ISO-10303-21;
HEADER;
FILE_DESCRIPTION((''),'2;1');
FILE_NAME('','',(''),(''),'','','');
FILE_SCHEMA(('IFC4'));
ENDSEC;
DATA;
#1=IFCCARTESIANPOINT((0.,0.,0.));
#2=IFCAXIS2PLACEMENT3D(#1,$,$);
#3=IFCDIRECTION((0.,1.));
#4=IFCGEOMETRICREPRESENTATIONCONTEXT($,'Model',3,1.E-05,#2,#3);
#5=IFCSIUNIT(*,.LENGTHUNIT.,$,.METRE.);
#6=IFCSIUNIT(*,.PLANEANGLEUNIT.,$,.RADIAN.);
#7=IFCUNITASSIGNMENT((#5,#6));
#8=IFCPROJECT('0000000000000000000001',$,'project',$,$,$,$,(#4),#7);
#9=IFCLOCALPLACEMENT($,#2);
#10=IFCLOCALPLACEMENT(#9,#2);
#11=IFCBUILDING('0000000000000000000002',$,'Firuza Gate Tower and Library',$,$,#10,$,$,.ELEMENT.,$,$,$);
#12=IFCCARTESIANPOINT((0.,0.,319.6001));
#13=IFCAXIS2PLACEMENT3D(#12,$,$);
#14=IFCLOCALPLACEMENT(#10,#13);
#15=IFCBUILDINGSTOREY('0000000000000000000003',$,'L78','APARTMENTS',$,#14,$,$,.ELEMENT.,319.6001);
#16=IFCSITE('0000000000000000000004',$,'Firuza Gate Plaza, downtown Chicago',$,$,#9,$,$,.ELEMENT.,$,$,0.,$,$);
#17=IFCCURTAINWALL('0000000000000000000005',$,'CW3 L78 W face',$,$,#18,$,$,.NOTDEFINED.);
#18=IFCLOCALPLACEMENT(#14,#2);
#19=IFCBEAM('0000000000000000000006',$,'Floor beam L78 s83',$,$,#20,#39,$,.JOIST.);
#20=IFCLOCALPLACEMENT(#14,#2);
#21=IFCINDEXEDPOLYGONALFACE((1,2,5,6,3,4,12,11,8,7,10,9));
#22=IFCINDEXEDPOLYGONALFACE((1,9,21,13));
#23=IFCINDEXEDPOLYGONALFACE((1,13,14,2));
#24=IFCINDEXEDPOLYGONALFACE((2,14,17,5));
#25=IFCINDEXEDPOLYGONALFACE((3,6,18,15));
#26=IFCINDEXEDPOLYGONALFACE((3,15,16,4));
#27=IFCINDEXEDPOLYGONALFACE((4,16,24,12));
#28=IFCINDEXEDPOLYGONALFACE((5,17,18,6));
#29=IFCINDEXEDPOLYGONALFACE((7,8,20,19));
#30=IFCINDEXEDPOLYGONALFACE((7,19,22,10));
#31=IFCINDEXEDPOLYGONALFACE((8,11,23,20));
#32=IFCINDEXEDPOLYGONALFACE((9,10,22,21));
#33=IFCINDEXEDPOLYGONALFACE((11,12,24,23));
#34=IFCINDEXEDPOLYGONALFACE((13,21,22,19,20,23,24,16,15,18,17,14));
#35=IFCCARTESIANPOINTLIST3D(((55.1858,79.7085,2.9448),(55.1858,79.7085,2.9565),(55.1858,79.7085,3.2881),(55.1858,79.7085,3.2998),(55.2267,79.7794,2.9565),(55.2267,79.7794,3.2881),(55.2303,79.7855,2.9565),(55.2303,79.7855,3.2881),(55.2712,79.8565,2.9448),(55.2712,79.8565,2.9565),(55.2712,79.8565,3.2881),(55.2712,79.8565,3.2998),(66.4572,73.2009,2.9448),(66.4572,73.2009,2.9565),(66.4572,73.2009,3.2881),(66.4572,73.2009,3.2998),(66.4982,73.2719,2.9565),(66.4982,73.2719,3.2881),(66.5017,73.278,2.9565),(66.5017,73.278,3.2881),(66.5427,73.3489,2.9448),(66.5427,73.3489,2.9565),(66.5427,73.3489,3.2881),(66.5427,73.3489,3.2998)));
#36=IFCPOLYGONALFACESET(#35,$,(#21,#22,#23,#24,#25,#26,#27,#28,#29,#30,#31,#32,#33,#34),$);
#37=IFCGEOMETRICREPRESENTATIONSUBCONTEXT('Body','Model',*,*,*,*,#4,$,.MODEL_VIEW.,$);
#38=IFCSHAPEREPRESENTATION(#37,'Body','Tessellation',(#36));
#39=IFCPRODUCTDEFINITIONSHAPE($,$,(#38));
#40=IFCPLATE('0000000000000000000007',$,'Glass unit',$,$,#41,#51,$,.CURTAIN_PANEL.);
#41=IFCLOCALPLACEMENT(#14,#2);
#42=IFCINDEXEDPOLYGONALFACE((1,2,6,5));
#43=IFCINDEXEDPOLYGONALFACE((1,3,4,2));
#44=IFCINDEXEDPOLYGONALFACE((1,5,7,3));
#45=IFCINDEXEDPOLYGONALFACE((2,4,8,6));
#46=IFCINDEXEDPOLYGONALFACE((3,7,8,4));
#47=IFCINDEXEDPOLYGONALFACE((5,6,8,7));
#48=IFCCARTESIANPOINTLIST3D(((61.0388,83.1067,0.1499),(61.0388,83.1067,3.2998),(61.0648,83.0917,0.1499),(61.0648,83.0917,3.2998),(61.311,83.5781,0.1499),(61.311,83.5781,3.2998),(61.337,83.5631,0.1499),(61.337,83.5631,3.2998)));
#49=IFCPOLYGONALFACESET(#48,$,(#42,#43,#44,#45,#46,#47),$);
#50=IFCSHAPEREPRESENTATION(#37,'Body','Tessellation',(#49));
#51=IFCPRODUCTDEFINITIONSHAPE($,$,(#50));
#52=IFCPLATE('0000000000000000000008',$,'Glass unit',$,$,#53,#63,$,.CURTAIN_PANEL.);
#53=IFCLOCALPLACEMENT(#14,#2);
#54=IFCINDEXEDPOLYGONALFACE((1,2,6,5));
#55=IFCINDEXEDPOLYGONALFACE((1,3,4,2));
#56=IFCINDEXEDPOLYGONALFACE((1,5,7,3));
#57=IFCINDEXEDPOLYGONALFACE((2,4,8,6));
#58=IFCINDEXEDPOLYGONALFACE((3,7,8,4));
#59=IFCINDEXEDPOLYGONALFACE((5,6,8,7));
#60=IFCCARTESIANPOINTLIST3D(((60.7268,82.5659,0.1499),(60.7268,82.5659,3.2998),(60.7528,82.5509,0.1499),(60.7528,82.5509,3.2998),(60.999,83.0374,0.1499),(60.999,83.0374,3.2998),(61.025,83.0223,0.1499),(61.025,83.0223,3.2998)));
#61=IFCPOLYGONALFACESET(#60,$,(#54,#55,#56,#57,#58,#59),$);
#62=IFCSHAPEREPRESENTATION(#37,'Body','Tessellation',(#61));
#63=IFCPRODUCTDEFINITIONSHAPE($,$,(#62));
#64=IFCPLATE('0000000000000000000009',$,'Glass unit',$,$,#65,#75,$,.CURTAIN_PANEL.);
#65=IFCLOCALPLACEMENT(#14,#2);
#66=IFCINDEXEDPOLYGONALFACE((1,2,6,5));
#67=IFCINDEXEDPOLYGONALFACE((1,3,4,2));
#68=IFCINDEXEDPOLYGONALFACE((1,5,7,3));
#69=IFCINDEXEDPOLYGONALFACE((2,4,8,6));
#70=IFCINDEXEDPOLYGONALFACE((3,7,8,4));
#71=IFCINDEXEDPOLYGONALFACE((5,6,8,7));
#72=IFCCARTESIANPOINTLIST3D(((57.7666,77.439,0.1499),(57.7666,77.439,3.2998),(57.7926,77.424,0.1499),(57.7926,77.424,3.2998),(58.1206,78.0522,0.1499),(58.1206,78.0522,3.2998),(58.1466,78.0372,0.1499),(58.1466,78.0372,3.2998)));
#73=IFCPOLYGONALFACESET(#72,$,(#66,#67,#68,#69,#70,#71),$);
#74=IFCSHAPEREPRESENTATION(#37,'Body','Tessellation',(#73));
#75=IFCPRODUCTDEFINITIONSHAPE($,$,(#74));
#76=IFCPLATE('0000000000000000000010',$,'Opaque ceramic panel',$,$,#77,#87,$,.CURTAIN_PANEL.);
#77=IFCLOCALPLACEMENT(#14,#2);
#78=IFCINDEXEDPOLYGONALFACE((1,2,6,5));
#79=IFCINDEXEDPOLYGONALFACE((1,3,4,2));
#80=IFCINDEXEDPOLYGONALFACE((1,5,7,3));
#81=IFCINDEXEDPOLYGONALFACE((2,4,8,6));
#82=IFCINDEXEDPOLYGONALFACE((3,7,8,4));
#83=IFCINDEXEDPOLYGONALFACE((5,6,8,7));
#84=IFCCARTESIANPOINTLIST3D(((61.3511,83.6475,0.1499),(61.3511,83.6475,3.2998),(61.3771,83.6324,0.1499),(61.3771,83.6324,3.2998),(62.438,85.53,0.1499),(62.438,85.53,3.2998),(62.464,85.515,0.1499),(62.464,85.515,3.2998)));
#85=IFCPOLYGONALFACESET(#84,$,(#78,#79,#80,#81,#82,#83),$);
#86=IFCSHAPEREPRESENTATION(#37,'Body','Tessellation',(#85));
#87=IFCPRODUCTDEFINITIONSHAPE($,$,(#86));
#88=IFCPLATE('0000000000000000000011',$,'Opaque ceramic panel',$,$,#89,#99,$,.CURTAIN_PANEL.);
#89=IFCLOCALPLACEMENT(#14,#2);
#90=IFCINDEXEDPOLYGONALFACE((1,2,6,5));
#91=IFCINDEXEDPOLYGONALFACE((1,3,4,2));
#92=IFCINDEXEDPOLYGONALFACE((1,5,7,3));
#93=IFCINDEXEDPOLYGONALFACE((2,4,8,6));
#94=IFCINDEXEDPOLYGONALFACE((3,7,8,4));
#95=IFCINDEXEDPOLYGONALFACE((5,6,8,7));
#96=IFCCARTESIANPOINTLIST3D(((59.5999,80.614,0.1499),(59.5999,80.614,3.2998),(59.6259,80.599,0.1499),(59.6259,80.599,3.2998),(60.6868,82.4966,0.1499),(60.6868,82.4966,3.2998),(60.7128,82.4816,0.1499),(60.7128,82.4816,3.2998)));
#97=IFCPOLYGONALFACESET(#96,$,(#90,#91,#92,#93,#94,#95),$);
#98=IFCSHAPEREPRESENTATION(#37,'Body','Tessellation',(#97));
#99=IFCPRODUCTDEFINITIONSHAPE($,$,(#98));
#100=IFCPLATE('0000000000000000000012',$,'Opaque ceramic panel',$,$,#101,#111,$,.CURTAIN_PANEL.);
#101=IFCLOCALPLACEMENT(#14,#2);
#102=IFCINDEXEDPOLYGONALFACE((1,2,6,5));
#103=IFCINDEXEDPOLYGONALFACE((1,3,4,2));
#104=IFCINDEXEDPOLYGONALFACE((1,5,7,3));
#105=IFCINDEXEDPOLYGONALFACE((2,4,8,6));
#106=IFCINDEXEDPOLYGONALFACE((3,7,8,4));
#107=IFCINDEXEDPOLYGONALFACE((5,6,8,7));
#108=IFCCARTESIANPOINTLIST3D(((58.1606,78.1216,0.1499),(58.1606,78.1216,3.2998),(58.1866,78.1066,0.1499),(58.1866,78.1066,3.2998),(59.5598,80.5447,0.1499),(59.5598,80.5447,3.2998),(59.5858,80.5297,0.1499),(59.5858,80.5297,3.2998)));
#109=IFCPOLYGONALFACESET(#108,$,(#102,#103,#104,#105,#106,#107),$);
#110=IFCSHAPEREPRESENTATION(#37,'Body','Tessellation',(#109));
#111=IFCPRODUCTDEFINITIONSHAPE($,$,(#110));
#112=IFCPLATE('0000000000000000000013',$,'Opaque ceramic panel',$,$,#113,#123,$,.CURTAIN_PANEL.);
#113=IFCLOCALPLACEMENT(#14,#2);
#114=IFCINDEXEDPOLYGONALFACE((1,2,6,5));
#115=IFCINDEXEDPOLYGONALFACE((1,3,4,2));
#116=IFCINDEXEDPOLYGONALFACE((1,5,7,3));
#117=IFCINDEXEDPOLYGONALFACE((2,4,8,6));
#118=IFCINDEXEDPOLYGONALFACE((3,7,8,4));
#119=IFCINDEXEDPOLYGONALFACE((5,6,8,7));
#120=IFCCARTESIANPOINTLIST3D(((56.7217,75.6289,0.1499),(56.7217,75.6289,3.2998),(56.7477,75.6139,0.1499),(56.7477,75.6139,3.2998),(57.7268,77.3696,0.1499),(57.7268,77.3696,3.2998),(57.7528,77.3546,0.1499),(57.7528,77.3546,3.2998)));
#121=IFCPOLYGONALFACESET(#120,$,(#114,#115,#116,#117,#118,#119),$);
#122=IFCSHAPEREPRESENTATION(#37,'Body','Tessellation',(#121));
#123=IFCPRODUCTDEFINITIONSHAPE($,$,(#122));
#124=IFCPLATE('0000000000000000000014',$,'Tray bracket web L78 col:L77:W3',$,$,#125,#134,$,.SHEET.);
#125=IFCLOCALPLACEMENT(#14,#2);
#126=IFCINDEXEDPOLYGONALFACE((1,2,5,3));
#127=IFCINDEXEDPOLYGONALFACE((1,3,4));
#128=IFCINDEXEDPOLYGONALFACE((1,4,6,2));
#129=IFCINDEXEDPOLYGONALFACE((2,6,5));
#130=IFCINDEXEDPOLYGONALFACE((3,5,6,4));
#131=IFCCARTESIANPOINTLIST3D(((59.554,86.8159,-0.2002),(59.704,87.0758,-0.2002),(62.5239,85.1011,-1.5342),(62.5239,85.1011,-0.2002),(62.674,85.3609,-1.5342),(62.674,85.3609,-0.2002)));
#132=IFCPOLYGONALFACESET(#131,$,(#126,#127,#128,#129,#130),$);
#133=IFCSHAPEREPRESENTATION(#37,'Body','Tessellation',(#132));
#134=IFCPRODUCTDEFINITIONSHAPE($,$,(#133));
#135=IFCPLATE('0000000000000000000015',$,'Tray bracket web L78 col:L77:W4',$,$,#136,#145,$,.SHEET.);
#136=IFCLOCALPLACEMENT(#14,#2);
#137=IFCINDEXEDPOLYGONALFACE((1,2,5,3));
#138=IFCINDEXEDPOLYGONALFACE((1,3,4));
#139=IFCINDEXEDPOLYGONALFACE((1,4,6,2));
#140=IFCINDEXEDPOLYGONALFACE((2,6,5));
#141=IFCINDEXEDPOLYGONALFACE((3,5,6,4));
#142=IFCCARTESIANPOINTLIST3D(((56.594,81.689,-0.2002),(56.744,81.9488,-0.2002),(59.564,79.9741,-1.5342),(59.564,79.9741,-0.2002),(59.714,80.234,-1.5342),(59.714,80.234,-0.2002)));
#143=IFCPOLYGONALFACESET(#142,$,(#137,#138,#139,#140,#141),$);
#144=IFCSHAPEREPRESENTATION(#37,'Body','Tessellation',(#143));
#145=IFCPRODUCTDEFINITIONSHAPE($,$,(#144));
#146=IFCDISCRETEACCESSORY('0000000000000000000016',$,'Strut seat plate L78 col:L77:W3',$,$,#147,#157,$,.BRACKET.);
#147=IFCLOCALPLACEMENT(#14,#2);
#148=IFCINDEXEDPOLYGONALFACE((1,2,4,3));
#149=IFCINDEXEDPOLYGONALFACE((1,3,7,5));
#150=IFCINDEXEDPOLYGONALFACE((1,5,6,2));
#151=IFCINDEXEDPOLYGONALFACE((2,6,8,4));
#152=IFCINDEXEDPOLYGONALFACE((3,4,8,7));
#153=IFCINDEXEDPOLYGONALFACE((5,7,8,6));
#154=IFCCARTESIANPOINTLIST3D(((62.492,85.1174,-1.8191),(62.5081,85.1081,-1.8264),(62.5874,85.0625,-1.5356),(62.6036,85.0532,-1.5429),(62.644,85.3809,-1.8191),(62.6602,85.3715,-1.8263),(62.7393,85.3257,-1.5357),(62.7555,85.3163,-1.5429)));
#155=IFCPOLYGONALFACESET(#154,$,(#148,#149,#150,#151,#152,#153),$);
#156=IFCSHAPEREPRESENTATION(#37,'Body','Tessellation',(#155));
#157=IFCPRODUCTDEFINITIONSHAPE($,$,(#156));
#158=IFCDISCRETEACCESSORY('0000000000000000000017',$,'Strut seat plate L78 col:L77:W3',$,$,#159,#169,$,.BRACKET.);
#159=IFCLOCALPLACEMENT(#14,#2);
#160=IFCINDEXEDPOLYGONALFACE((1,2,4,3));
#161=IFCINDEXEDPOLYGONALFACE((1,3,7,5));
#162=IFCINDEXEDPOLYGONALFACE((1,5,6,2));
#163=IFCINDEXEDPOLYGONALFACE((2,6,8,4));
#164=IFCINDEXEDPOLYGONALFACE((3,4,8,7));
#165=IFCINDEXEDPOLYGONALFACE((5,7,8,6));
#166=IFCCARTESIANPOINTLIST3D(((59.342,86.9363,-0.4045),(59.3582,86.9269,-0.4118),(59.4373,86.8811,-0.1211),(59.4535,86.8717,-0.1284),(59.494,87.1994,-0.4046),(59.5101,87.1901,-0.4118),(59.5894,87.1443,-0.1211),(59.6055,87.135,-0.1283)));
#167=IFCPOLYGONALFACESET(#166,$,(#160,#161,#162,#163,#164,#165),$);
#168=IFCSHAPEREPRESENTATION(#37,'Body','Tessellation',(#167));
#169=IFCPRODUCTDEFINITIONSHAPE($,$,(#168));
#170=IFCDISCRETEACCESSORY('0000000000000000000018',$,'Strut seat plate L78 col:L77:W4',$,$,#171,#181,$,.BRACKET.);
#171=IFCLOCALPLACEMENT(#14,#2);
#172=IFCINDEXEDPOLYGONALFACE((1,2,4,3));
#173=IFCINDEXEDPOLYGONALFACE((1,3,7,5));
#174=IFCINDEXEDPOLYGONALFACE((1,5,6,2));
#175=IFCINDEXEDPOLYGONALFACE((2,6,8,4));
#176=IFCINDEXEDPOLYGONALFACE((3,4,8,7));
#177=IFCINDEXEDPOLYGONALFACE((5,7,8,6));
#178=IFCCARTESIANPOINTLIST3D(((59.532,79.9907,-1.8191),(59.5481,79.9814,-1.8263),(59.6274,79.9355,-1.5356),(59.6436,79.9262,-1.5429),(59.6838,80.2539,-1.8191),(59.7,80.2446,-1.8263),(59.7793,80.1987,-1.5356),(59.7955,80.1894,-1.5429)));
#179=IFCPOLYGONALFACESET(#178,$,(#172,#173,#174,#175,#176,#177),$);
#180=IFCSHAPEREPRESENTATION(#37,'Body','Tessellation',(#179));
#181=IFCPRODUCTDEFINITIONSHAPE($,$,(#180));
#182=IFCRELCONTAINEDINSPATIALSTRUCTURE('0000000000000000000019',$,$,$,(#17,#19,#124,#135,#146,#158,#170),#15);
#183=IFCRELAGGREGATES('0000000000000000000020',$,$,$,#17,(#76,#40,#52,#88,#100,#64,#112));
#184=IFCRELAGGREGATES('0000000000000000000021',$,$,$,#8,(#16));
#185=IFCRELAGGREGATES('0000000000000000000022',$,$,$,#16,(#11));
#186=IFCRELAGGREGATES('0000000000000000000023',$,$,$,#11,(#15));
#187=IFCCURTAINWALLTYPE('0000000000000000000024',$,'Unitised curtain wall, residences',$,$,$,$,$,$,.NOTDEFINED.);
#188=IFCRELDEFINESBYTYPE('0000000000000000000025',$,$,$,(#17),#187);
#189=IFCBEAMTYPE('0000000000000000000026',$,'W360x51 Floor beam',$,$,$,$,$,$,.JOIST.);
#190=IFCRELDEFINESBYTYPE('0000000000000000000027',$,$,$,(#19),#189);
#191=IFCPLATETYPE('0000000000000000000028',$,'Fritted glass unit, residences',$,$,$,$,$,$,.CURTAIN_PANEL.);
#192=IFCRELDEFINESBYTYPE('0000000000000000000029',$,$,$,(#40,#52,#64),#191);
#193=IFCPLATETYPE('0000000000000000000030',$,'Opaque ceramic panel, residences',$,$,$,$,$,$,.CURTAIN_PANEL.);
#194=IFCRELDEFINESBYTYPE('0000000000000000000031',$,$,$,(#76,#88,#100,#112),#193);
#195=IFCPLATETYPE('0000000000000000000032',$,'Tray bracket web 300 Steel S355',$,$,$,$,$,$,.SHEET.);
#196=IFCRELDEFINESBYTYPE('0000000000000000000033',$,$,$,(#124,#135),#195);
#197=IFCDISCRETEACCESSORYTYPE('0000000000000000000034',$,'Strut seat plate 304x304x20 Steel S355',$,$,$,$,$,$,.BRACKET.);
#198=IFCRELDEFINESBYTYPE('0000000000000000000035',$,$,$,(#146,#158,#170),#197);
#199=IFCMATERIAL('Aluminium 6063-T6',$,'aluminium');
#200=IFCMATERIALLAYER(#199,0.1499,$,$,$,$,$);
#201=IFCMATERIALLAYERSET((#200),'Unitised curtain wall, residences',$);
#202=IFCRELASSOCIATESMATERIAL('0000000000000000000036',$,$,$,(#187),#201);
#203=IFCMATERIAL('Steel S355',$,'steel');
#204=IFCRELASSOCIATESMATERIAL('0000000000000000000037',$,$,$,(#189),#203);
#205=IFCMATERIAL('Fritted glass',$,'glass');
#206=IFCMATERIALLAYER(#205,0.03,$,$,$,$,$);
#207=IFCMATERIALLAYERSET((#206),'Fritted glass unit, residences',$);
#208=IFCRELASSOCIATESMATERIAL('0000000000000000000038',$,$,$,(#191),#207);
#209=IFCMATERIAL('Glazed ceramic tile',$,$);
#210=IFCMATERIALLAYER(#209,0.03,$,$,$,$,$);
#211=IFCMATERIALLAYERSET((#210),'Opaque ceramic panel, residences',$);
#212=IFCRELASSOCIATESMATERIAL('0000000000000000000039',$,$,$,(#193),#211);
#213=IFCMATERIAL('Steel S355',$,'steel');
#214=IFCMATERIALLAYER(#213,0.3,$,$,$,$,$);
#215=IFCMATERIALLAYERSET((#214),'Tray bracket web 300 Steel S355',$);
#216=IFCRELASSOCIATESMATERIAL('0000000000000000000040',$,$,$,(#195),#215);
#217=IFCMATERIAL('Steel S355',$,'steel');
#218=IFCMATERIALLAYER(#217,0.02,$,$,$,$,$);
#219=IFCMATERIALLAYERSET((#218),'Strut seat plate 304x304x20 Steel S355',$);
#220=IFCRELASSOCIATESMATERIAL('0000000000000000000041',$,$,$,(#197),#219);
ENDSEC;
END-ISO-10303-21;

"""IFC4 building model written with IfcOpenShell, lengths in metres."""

from ifc_helpers import new_model, si_unit, direction, frame, origin, origin_2d, place, context, subcontext, project, spatial, polyline, i_section, outline, extrude, material, layer, layer_set, material_profile, profile_set, type_object, element, aggregate, save


model = new_model("IFC4")

# Units and contexts
model_context = context("Model", 3, precision=1e-05, world=origin(), true_north=direction((0.0, 1.0)))
body_context = subcontext(model_context, "Body", "Model", "MODEL_VIEW")
ifc_project = project(units=[si_unit("LENGTHUNIT", "METRE"), si_unit("PLANEANGLEUNIT", "RADIAN")], contexts=[model_context])

# Site, building, storey
site_placement = place(None, origin())
site = spatial("IfcSite", under=ifc_project, at=site_placement, Name="Firuza Gate Plaza, downtown Chicago", CompositionType="ELEMENT", RefElevation=0.0)
building_placement = place(site_placement, origin())
building = spatial("IfcBuilding", under=site, at=building_placement, Name="Firuza Gate Tower and Library", CompositionType="ELEMENT")
storey_placement = place(building_placement, frame((0.0, 0.0, 319.6001)))
storey = spatial("IfcBuildingStorey", under=building, at=storey_placement, Name="L78", Description="APARTMENTS", CompositionType="ELEMENT", Elevation=319.6001)

# Curtain wall
ifc_material_1 = material(Name="Aluminium 6063-T6", Category="aluminium")
ifc_layer_1 = layer(ifc_material_1, 0.1499)
ifc_layer_set_1 = layer_set([ifc_layer_1], Name="Unitised curtain wall, residences")
curtain_wall_type = type_object("IfcCurtainWallType", Name="Unitised curtain wall, residences", PredefinedType="NOTDEFINED", material=ifc_layer_set_1)
curtain_wall_placement = place(storey_placement, origin())
curtain_wall = element("IfcCurtainWall", 1, at=curtain_wall_placement, inside=storey, type_object=curtain_wall_type, Name="CW3 L78 W face", PredefinedType="NOTDEFINED")

# Beam
ifc_material_2 = material(Name="Steel S355", Category="steel")
ifc_material_profile_1 = material_profile(ifc_material_2, i_section(OverallWidth=0.1709, OverallDepth=0.355, WebThickness=0.0071, FlangeThickness=0.0117, at=origin_2d()))
ifc_profile_set_1 = profile_set([ifc_material_profile_1], Name="Steel S355")
beam_type_1 = type_object("IfcBeamType", Name="W360x51 Floor beam", PredefinedType="JOIST", material=ifc_profile_set_1)
beam_1_placement = place(storey_placement, frame((55.2285, 79.7825, 3.1223), z_axis=(0.866026, -0.499998, 0.0), x_axis=(0.499998, 0.866026, 0.0)))
element("IfcBeam", 2, at=beam_1_placement, inside=storey, type_object=beam_type_1, Name="Floor beam L78 s83", PredefinedType="JOIST", context=body_context, shape_type="SweptSolid", body=[
    extrude(i_section(OverallWidth=0.1709, OverallDepth=0.355, WebThickness=0.0071, FlangeThickness=0.0117, at=origin_2d()), origin(), (0.0, 0.0, 1.0), 13.0151),
])

# Plates
ifc_material_3 = material(Name="Fritted glass", Category="glass")
ifc_layer_2 = layer(ifc_material_3, 0.03)
ifc_layer_set_2 = layer_set([ifc_layer_2], Name="Fritted glass unit, residences")
plate_type_1 = type_object("IfcPlateType", Name="Fritted glass unit, residences", PredefinedType="CURTAIN_PANEL", material=ifc_layer_set_2)
plate_1_placement = place(storey_placement, frame((61.311, 83.5781, 0.1499), z_axis=(-0.865999, 0.500046, 0.0), x_axis=(-0.500046, -0.865999, 0.0)))
plate_1 = element("IfcPlate", 3, at=plate_1_placement, type_object=plate_type_1, Name="Glass unit", PredefinedType="CURTAIN_PANEL", context=body_context, shape_type="SweptSolid", body=[
    extrude(outline(polyline([(0.0, 0.0), (0.5444, 0.0), (0.5444, 3.1499), (0.0, 3.1499), (0.0, 0.0)])), origin(), (0.0, 0.0, -1.0), 0.03),
])
plate_2_placement = place(storey_placement, frame((60.999, 83.0374, 0.1499), z_axis=(-0.865999, 0.500046, 0.0), x_axis=(-0.500046, -0.865999, 0.0)))
plate_2 = element("IfcPlate", 4, at=plate_2_placement, type_object=plate_type_1, Name="Glass unit", PredefinedType="CURTAIN_PANEL", context=body_context, shape_type="SweptSolid", body=[
    extrude(outline(polyline([(0.0, 0.0), (0.5444, 0.0), (0.5444, 3.1499), (0.0, 3.1499), (0.0, 0.0)])), origin(), (0.0, 0.0, -1.0), 0.03),
])
plate_3_placement = place(storey_placement, frame((58.1206, 78.0522, 0.1499), z_axis=(-0.866071, 0.499921, 0.0), x_axis=(-0.499921, -0.866071, 0.0)))
plate_3 = element("IfcPlate", 5, at=plate_3_placement, type_object=plate_type_1, Name="Glass unit", PredefinedType="CURTAIN_PANEL", context=body_context, shape_type="SweptSolid", body=[
    extrude(outline(polyline([(0.0, 0.0), (0.7081, 0.0), (0.7081, 3.1499), (0.0, 3.1499), (0.0, 0.0)])), origin(), (0.0, 0.0, -1.0), 0.03),
])
ifc_material_4 = material(Name="Glazed ceramic tile")
ifc_layer_3 = layer(ifc_material_4, 0.03)
ifc_layer_set_3 = layer_set([ifc_layer_3], Name="Opaque ceramic panel, residences")
plate_type_2 = type_object("IfcPlateType", Name="Opaque ceramic panel, residences", PredefinedType="CURTAIN_PANEL", material=ifc_layer_set_3)
plate_4_placement = place(storey_placement, frame((62.438, 85.53, 0.1499), z_axis=(-0.866023, 0.500004, 0.0), x_axis=(-0.500004, -0.866023, 0.0)))
plate_4 = element("IfcPlate", 6, at=plate_4_placement, type_object=plate_type_2, Name="Opaque ceramic panel", PredefinedType="CURTAIN_PANEL", context=body_context, shape_type="SweptSolid", body=[
    extrude(outline(polyline([(0.0, 0.0), (2.1738, 0.0), (2.1738, 3.1499), (0.0, 3.1499), (0.0, 0.0)])), origin(), (0.0, 0.0, -1.0), 0.03),
])
plate_5_placement = place(storey_placement, frame((60.6868, 82.4966, 0.1499), z_axis=(-0.866023, 0.500004, 0.0), x_axis=(-0.500004, -0.866023, 0.0)))
plate_5 = element("IfcPlate", 7, at=plate_5_placement, type_object=plate_type_2, Name="Opaque ceramic panel", PredefinedType="CURTAIN_PANEL", context=body_context, shape_type="SweptSolid", body=[
    extrude(outline(polyline([(0.0, 0.0), (2.1738, 0.0), (2.1738, 3.1499), (0.0, 3.1499), (0.0, 0.0)])), origin(), (0.0, 0.0, -1.0), 0.03),
])
plate_6_placement = place(storey_placement, frame((59.5598, 80.5447, 0.1499), z_axis=(-0.865995, 0.500052, 0.0), x_axis=(-0.500052, -0.865995, 0.0)))
plate_6 = element("IfcPlate", 8, at=plate_6_placement, type_object=plate_type_2, Name="Opaque ceramic panel", PredefinedType="CURTAIN_PANEL", context=body_context, shape_type="SweptSolid", body=[
    extrude(outline(polyline([(0.0, 0.0), (2.798, 0.0), (2.798, 3.1499), (0.0, 3.1499), (0.0, 0.0)])), origin(), (0.0, 0.0, -1.0), 0.03),
])
plate_7_placement = place(storey_placement, frame((57.7268, 77.3696, 0.1499), z_axis=(-0.865999, 0.500045, 0.0), x_axis=(-0.500045, -0.865999, 0.0)))
plate_7 = element("IfcPlate", 9, at=plate_7_placement, type_object=plate_type_2, Name="Opaque ceramic panel", PredefinedType="CURTAIN_PANEL", context=body_context, shape_type="SweptSolid", body=[
    extrude(outline(polyline([(0.0, 0.0), (2.0101, 0.0), (2.0101, 3.1499), (0.0, 3.1499), (0.0, 0.0)])), origin(), (0.0, 0.0, -1.0), 0.03),
])
aggregate(curtain_wall, [plate_4, plate_1, plate_2, plate_5, plate_6, plate_3, plate_7])

# Plates
ifc_material_5 = material(Name="Steel S355", Category="steel")
ifc_layer_4 = layer(ifc_material_5, 0.3)
ifc_layer_set_4 = layer_set([ifc_layer_4], Name="Tray bracket web 300 Steel S355")
plate_type_3 = type_object("IfcPlateType", Name="Tray bracket web 300 Steel S355", PredefinedType="SHEET", material=ifc_layer_set_4)
for number, where, z_axis, x_axis, name in (
    (10, (62.5239, 85.1011, -0.2002), (-0.500029, -0.866009, 0.0), (-0.866009, 0.500029, 0.0), "Tray bracket web L78 col:L77:W3"),
    (11, (59.564, 79.9741, -0.2002), (-0.500029, -0.866009, 0.0), (-0.866009, 0.500029, 0.0), "Tray bracket web L78 col:L77:W4"),
):
    element("IfcPlate", number, at=place(storey_placement, frame(where, z_axis=z_axis, x_axis=x_axis)), inside=storey, type_object=plate_type_3, Name=name, PredefinedType="SHEET", context=body_context, shape_type="SweptSolid", body=[
        extrude(outline(polyline([(0.0, 0.0), (3.4295, 0.0), (0.0, 1.334), (0.0, 0.0)])), origin(), (0.0, 0.0, -1.0), 0.3),
    ])

# Discrete accessories
ifc_material_6 = material(Name="Steel S355", Category="steel")
ifc_layer_5 = layer(ifc_material_6, 0.02)
ifc_layer_set_5 = layer_set([ifc_layer_5], Name="Strut seat plate 304x304x20 Steel S355")
discrete_accessory_type = type_object("IfcDiscreteAccessoryType", Name="Strut seat plate 304x304x20 Steel S355", PredefinedType="BRACKET", material=ifc_layer_set_5)
discrete_accessory_1_placement = place(storey_placement, frame((62.5874, 85.0625, -1.5356), z_axis=(-0.807329, 0.465982, 0.362051), x_axis=(0.49988, 0.866095, -0.00005)))
element("IfcDiscreteAccessory", 12, at=discrete_accessory_1_placement, inside=storey, type_object=discrete_accessory_type, Name="Strut seat plate L78 col:L77:W3", PredefinedType="BRACKET", context=body_context, shape_type="SweptSolid", body=[
    extrude(outline(polyline([(0.0, 0.0), (0.3039, 0.0), (0.3041, 0.3041), (-0.0001, 0.3041), (0.0, 0.0)])), origin(), (0.0, 0.0, -1.0), 0.02),
])
discrete_accessory_2_placement = place(storey_placement, frame((59.5894, 87.1443, -0.1211), z_axis=(-0.807176, 0.466111, 0.362225), x_axis=(-0.50011, -0.865962, -0.000117)))
element("IfcDiscreteAccessory", 13, at=discrete_accessory_2_placement, inside=storey, type_object=discrete_accessory_type, Name="Strut seat plate L78 col:L77:W3", PredefinedType="BRACKET", context=body_context, shape_type="SweptSolid", body=[
    extrude(outline(polyline([(0.0, 0.0), (0.304, 0.0), (0.3038, -0.3041), (0.0, -0.3041), (0.0, 0.0)])), origin(), (0.0, 0.0, -1.0), 0.02),
])
discrete_accessory_3_placement = place(storey_placement, frame((59.6274, 79.9355, -1.5356), z_axis=(-0.807237, 0.465771, 0.362527), x_axis=(0.499769, 0.866159, 0.0)))
element("IfcDiscreteAccessory", 14, at=discrete_accessory_3_placement, inside=storey, type_object=discrete_accessory_type, Name="Strut seat plate L78 col:L77:W4", PredefinedType="BRACKET", context=body_context, shape_type="SweptSolid", body=[
    extrude(outline(polyline([(0.0, 0.0), (0.3039, 0.0), (0.3039, 0.3041), (0.0001, 0.3041), (0.0, 0.0)])), origin(), (0.0, 0.0, -1.0), 0.02),
])

save(model, "model.ifc")
